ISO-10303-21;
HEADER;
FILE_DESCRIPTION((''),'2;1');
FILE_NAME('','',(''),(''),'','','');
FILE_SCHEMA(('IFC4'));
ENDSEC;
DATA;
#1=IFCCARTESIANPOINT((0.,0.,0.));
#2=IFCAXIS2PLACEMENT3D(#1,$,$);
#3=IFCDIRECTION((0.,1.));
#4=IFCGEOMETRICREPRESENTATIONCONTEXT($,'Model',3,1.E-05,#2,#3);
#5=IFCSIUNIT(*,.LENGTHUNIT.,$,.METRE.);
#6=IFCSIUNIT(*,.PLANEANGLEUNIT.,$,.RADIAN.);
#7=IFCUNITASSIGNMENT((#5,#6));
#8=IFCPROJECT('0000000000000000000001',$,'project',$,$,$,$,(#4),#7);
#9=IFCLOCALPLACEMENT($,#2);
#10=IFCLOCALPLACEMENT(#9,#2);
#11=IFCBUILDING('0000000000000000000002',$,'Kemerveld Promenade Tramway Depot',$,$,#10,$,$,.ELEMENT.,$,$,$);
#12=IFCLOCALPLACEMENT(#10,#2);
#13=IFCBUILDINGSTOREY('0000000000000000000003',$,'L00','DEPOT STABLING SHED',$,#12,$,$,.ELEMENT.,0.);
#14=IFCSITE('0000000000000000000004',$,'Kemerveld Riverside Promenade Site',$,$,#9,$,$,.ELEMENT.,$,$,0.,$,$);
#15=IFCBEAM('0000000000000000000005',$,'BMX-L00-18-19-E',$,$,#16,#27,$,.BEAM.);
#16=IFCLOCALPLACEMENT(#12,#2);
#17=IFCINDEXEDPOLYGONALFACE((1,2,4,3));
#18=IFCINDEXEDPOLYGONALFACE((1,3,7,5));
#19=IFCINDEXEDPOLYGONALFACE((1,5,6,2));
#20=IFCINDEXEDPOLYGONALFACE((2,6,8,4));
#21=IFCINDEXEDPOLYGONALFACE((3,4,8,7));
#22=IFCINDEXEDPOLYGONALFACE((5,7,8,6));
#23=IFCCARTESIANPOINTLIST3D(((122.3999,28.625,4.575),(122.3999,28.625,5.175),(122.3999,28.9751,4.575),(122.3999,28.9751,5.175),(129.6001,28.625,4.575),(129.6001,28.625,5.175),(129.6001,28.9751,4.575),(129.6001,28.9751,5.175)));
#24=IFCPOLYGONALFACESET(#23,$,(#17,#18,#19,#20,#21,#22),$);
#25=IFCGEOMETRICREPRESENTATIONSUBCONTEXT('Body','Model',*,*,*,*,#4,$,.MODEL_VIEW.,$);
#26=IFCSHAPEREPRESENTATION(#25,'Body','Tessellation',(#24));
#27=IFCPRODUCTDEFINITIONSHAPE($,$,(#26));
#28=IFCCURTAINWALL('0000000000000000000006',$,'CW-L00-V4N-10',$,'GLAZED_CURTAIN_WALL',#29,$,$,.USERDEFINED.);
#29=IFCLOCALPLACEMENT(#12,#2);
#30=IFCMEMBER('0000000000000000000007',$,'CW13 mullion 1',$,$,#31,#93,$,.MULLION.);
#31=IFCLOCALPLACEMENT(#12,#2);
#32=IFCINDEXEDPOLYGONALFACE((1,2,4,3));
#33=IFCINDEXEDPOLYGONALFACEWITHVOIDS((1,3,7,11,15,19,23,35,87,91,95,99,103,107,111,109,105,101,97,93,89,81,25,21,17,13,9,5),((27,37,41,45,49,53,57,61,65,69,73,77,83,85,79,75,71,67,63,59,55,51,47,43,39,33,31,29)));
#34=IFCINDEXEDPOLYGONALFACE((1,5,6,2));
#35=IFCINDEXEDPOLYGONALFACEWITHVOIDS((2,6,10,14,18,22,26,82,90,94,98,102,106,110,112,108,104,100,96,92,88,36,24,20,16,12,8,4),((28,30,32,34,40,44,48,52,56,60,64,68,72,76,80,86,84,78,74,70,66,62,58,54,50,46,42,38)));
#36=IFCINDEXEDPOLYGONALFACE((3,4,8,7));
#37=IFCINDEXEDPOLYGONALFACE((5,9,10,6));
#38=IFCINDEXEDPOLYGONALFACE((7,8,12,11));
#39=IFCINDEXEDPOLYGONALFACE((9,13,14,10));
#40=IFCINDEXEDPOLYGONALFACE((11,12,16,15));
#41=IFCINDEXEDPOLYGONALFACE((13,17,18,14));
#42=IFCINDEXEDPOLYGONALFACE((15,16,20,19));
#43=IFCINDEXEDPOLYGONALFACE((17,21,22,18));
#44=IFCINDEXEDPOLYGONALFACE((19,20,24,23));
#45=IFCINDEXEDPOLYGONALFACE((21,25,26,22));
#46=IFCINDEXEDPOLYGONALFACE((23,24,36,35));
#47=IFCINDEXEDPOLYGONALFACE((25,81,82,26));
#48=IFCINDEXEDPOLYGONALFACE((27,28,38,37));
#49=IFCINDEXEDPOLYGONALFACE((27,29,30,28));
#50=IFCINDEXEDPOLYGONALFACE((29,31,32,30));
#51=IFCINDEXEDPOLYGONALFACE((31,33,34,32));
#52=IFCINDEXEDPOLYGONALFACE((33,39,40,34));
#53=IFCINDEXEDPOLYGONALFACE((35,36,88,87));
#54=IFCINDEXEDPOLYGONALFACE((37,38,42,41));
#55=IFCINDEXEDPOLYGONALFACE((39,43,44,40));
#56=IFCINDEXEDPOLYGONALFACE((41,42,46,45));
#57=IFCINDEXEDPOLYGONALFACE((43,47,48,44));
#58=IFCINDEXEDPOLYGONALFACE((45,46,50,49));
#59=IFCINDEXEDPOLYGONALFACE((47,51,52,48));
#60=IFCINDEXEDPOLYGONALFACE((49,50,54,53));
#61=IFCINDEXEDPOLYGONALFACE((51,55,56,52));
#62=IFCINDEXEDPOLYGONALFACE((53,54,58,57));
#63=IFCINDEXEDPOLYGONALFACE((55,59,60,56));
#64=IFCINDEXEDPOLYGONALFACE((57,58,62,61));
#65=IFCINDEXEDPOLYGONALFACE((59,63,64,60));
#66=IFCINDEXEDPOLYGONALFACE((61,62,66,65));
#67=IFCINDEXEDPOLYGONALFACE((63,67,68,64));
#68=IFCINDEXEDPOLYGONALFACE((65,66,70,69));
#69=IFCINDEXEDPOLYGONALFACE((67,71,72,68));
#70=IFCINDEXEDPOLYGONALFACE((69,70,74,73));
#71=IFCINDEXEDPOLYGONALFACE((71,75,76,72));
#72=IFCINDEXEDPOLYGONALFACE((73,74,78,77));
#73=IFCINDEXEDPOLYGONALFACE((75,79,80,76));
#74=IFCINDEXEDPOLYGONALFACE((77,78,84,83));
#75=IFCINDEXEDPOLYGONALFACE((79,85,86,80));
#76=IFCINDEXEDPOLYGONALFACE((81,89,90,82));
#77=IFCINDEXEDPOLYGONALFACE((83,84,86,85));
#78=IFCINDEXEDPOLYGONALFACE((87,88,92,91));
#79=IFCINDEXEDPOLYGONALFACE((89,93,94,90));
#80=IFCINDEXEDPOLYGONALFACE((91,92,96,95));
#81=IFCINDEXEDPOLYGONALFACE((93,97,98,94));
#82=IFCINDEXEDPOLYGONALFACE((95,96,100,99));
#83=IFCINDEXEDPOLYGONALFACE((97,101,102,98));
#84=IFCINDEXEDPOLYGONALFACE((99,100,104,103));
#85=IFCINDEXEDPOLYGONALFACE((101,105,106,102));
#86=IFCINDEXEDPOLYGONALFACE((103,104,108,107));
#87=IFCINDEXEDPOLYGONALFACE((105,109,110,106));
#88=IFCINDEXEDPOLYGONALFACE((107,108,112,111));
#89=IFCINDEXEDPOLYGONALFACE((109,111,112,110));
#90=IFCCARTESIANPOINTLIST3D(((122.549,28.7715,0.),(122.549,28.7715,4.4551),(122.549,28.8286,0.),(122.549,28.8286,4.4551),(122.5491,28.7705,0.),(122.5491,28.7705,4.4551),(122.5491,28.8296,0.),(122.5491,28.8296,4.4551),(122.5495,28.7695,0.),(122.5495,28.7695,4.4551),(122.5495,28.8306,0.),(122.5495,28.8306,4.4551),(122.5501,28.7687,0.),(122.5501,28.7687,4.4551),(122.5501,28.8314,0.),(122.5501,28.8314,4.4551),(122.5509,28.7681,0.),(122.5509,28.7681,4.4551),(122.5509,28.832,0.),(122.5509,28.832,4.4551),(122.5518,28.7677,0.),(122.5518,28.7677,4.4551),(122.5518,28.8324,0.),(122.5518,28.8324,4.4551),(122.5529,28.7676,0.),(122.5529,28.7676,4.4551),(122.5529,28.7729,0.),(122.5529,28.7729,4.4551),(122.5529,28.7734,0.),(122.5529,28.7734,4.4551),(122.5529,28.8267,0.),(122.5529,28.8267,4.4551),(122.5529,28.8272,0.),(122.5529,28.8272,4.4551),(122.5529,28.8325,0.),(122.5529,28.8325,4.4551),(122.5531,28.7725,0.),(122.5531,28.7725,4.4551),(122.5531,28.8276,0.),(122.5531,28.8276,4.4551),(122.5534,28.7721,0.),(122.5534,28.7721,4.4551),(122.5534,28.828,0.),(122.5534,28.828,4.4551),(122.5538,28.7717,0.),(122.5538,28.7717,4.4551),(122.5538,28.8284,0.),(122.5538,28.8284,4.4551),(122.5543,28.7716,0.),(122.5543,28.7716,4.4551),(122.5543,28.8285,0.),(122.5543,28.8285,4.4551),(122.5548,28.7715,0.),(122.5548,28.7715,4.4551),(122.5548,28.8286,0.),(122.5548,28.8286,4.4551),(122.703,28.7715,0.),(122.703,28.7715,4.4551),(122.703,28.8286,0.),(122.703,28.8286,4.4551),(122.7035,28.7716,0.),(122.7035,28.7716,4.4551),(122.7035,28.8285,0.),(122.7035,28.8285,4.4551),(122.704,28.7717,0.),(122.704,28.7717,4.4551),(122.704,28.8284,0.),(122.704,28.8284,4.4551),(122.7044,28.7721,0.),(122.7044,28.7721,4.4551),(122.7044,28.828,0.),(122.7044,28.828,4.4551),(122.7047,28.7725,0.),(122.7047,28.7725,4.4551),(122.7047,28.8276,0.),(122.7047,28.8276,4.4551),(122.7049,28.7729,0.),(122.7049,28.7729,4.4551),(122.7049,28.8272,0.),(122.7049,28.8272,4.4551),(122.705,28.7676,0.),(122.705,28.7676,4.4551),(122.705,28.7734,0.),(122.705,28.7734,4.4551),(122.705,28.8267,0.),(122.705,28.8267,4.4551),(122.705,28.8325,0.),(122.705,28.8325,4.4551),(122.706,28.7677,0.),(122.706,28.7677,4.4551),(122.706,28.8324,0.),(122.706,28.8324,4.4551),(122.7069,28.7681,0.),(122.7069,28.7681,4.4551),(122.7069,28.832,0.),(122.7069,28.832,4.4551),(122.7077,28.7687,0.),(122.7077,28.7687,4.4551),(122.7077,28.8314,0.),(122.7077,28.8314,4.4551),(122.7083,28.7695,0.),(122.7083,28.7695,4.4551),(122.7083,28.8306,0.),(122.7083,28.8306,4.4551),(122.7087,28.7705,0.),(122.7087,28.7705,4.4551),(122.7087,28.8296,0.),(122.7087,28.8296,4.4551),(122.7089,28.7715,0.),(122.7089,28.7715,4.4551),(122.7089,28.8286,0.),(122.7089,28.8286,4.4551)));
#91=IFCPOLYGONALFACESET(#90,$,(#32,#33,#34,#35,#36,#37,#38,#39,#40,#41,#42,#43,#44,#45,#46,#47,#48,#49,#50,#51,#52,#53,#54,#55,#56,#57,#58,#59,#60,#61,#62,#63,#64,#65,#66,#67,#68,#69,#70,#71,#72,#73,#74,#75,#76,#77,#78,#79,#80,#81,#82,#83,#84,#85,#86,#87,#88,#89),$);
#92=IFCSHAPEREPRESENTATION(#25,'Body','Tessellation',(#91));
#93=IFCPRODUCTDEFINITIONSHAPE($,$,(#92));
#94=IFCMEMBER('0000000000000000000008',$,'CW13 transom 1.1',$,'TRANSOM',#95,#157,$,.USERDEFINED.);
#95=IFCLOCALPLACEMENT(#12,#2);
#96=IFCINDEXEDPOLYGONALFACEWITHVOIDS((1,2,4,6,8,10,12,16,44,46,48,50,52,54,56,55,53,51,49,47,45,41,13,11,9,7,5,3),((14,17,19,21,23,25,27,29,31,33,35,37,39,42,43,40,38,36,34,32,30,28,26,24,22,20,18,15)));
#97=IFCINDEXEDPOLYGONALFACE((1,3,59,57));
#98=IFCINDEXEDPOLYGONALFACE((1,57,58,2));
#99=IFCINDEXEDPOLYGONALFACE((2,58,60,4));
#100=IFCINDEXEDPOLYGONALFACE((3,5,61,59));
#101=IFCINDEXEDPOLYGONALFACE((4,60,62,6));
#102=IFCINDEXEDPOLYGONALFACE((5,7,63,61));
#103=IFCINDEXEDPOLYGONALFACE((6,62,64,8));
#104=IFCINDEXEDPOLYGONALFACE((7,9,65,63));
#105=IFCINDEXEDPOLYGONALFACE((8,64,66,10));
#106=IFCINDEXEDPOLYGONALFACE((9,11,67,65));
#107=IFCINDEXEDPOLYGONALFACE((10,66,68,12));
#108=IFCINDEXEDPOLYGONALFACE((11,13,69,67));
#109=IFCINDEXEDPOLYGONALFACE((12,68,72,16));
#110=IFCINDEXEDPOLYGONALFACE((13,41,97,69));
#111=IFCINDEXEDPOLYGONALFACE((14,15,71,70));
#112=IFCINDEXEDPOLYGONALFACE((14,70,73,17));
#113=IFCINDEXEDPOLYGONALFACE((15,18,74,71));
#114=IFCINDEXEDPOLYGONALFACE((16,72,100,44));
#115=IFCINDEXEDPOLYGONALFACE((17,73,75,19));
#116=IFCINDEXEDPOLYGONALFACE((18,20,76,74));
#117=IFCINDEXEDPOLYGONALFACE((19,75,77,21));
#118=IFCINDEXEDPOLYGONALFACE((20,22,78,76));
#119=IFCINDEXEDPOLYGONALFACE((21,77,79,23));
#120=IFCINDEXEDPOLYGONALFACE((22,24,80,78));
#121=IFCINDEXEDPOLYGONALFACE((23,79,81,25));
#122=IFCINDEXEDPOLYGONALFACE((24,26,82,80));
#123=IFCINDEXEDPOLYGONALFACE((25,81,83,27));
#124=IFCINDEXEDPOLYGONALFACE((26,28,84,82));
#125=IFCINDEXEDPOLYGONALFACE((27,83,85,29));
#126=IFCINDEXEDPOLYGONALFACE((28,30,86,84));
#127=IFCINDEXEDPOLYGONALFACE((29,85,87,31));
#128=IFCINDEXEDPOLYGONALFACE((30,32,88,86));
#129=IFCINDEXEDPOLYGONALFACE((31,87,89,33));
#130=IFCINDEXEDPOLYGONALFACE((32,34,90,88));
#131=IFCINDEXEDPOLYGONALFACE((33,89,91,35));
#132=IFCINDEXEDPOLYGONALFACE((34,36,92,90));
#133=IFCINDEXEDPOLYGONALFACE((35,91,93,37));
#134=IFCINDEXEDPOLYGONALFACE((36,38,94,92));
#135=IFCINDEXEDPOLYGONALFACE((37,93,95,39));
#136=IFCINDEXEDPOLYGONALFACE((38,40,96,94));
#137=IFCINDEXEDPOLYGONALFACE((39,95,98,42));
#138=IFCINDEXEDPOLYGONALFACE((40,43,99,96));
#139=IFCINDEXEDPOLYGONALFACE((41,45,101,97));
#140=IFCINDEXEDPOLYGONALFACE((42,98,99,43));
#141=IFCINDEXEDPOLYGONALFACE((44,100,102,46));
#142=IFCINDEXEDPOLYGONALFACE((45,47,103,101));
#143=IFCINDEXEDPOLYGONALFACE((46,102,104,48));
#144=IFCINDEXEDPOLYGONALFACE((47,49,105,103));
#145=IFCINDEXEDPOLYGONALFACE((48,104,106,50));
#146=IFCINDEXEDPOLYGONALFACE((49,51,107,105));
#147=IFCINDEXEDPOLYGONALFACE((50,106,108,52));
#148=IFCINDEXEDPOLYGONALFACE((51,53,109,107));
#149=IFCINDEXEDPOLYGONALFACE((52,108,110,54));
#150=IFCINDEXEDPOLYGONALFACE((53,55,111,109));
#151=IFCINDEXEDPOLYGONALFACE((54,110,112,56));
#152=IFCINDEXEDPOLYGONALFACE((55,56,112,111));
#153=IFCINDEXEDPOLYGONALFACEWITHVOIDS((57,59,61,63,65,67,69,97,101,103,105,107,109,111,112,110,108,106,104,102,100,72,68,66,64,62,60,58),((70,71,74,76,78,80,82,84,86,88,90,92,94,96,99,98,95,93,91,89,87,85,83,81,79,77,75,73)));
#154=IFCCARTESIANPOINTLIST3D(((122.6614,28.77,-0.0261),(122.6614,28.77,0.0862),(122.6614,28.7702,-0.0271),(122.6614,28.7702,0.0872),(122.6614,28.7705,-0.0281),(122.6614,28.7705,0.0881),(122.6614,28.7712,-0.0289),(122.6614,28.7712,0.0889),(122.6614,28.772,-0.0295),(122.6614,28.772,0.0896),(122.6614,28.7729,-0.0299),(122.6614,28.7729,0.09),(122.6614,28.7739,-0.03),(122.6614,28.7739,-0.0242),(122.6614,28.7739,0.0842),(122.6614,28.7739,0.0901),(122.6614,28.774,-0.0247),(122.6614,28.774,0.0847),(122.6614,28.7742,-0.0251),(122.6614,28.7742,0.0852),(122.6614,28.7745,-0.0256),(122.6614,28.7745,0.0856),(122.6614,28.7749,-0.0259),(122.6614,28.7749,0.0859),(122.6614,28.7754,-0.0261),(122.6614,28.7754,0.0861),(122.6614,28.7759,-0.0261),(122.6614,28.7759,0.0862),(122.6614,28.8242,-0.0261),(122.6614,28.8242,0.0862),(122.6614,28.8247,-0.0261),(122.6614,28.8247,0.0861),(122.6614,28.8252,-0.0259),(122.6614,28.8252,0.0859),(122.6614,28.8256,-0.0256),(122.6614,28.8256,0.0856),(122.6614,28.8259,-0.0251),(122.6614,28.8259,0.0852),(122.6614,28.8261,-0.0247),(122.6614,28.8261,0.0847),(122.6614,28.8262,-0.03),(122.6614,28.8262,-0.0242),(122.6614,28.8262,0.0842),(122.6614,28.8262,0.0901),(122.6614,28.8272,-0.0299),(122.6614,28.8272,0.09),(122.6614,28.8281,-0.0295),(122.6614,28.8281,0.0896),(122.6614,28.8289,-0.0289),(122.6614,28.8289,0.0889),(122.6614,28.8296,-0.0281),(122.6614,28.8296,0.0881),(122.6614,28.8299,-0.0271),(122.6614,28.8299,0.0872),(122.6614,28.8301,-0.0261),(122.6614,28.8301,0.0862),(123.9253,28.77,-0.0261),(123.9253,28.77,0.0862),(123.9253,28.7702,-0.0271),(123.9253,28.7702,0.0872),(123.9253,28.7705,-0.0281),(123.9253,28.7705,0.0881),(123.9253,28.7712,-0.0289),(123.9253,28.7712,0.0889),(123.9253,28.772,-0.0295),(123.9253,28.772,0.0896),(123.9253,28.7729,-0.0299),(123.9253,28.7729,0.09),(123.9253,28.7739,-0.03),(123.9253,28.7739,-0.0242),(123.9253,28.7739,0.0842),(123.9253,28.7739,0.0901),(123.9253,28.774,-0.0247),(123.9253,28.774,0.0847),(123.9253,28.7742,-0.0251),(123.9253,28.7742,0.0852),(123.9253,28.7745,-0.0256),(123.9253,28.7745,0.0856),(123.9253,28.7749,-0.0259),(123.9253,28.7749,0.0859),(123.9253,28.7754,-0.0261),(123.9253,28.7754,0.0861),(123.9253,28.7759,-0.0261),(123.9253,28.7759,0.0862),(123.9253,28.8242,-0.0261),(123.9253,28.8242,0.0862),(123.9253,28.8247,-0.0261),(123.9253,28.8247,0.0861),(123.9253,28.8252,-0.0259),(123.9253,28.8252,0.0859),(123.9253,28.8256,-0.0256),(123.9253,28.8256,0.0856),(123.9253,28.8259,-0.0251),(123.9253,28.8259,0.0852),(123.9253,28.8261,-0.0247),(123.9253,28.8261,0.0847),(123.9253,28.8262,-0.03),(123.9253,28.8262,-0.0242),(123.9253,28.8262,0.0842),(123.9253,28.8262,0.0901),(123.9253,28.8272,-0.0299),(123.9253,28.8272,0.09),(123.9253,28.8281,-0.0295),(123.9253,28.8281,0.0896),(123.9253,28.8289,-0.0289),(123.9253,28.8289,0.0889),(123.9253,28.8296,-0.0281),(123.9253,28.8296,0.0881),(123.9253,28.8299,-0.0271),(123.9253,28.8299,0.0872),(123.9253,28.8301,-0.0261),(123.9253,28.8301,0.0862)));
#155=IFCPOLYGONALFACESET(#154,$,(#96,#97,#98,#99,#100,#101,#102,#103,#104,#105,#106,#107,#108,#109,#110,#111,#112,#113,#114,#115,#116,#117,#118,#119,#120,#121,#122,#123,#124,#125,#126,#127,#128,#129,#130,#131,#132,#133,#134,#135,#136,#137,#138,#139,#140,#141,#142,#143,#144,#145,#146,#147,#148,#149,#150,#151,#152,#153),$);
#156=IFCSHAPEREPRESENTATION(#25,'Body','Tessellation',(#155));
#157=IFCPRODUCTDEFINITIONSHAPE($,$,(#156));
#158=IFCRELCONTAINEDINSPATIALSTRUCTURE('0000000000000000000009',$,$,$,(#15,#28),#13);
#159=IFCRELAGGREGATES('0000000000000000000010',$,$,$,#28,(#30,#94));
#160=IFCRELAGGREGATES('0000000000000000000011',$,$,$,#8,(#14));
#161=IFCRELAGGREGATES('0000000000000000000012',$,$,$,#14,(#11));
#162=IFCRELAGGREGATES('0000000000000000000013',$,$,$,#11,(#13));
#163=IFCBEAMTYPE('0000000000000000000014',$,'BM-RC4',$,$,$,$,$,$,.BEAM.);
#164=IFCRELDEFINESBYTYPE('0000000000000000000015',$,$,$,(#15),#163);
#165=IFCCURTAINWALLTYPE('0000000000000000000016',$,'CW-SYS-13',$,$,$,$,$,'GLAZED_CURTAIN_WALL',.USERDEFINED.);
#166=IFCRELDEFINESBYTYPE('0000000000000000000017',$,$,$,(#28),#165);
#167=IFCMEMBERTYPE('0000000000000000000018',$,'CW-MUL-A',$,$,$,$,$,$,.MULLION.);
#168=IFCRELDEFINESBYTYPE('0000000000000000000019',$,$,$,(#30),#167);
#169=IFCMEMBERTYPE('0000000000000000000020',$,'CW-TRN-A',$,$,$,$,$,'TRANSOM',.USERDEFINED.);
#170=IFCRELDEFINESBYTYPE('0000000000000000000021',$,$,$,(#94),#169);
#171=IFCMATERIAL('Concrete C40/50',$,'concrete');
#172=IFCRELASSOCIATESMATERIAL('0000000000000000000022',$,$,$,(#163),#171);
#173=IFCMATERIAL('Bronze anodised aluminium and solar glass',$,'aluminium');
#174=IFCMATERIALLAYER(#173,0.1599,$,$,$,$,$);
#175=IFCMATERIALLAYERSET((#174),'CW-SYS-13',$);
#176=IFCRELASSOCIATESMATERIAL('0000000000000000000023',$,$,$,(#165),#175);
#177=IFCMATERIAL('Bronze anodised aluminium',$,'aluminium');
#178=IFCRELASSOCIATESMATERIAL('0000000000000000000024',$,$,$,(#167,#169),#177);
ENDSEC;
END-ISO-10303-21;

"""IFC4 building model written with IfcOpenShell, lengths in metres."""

from ifc_helpers import new_model, si_unit, direction, frame, origin, origin_2d, place, context, subcontext, project, spatial, rectangle, hollow_rectangle, extrude, material, layer, layer_set, material_profile, profile_set, type_object, element, aggregate, save


model = new_model("IFC4")

# Units and contexts
model_context = context("Model", 3, precision=1e-05, world=origin(), true_north=direction((0.0, 1.0)))
body_context = subcontext(model_context, "Body", "Model", "MODEL_VIEW")
ifc_project = project(units=[si_unit("LENGTHUNIT", "METRE"), si_unit("PLANEANGLEUNIT", "RADIAN")], contexts=[model_context])

# Site, building, storey
site_placement = place(None, origin())
site = spatial("IfcSite", under=ifc_project, at=site_placement, Name="Kemerveld Riverside Promenade Site", CompositionType="ELEMENT", RefElevation=0.0)
building_placement = place(site_placement, origin())
building = spatial("IfcBuilding", under=site, at=building_placement, Name="Kemerveld Promenade Tramway Depot", CompositionType="ELEMENT")
storey_placement = place(building_placement, origin())
storey = spatial("IfcBuildingStorey", under=building, at=storey_placement, Name="L00", Description="DEPOT STABLING SHED", CompositionType="ELEMENT", Elevation=0.0)

# Beam
ifc_material_1 = material(Name="Concrete C40/50", Category="concrete")
ifc_material_profile_1 = material_profile(ifc_material_1, rectangle(XDim=0.3501, YDim=0.6001, at=origin_2d()), Name="RC-BM-350x600")
ifc_profile_set_1 = profile_set([ifc_material_profile_1], Name="Concrete C40/50")
beam_type_1 = type_object("IfcBeamType", Name="BM-RC4", PredefinedType="BEAM", material=ifc_profile_set_1)
beam_1_placement = place(storey_placement, frame((122.3999, 28.8, 4.875), z_axis=(1.0, 0.0, 0.0), x_axis=(0.0, 1.0, 0.0)))
element("IfcBeam", 1, at=beam_1_placement, inside=storey, type_object=beam_type_1, Name="BMX-L00-18-19-E", PredefinedType="BEAM", context=body_context, shape_type="SweptSolid", body=[
    extrude(rectangle(XDim=0.3501, YDim=0.6001, at=origin_2d()), origin(), (0.0, 0.0, 1.0), 7.2002),
])

# Curtain wall, members
ifc_material_2 = material(Name="Bronze anodised aluminium and solar glass", Category="aluminium")
ifc_layer_1 = layer(ifc_material_2, 0.1599)
ifc_layer_set_1 = layer_set([ifc_layer_1], Name="CW-SYS-13")
curtain_wall_type = type_object("IfcCurtainWallType", Name="CW-SYS-13", ElementType="GLAZED_CURTAIN_WALL", PredefinedType="USERDEFINED", material=ifc_layer_set_1)
curtain_wall_placement = place(storey_placement, origin())
curtain_wall = element("IfcCurtainWall", 2, at=curtain_wall_placement, inside=storey, type_object=curtain_wall_type, Name="CW-L00-V4N-10", ObjectType="GLAZED_CURTAIN_WALL", PredefinedType="USERDEFINED")
ifc_material_3 = material(Name="Bronze anodised aluminium", Category="aluminium")
ifc_material_profile_2 = material_profile(ifc_material_3, hollow_rectangle(XDim=0.0649, YDim=0.1599, WallThickness=0.0039, InnerFilletRadius=0.002, OuterFilletRadius=0.0039, at=origin_2d()), Name="CW-MUL-160x65")
ifc_profile_set_2 = profile_set([ifc_material_profile_2], Name="Bronze anodised aluminium")
member_type_1 = type_object("IfcMemberType", Name="CW-MUL-A", PredefinedType="MULLION", material=ifc_profile_set_2)
member_1_placement = place(storey_placement, frame((122.6289, 28.8, 0.0), z_axis=(0.0, 0.0, 1.0), x_axis=(0.0, 1.0, 0.0)))
member_1 = element("IfcMember", 3, at=member_1_placement, type_object=member_type_1, Name="CW13 mullion 1", PredefinedType="MULLION", context=body_context, shape_type="SweptSolid", body=[
    extrude(hollow_rectangle(XDim=0.0649, YDim=0.1599, WallThickness=0.0039, InnerFilletRadius=0.002, OuterFilletRadius=0.0039, at=origin_2d()), origin(), (0.0, 0.0, 1.0), 4.4551),
])
ifc_material_profile_3 = material_profile(ifc_material_3, hollow_rectangle(XDim=0.0601, YDim=0.1201, WallThickness=0.0039, InnerFilletRadius=0.002, OuterFilletRadius=0.0039, at=origin_2d()), Name="CW-TRN-120x60")
ifc_profile_set_3 = profile_set([ifc_material_profile_3], Name="Bronze anodised aluminium")
member_type_2 = type_object("IfcMemberType", Name="CW-TRN-A", ElementType="TRANSOM", PredefinedType="USERDEFINED", material=ifc_profile_set_3)
member_2_placement = place(storey_placement, frame((122.6614, 28.8, 0.03), z_axis=(1.0, 0.0, 0.0), x_axis=(0.0, 1.0, 0.0)))
member_2 = element("IfcMember", 4, at=member_2_placement, type_object=member_type_2, Name="CW13 transom 1.1", ObjectType="TRANSOM", PredefinedType="USERDEFINED", context=body_context, shape_type="SweptSolid", body=[
    extrude(hollow_rectangle(XDim=0.0601, YDim=0.1201, WallThickness=0.0039, InnerFilletRadius=0.002, OuterFilletRadius=0.0039, at=origin_2d()), origin(), (0.0, 0.0, 1.0), 1.2639),
])
aggregate(curtain_wall, [member_1, member_2])

save(model, "model.ifc")
